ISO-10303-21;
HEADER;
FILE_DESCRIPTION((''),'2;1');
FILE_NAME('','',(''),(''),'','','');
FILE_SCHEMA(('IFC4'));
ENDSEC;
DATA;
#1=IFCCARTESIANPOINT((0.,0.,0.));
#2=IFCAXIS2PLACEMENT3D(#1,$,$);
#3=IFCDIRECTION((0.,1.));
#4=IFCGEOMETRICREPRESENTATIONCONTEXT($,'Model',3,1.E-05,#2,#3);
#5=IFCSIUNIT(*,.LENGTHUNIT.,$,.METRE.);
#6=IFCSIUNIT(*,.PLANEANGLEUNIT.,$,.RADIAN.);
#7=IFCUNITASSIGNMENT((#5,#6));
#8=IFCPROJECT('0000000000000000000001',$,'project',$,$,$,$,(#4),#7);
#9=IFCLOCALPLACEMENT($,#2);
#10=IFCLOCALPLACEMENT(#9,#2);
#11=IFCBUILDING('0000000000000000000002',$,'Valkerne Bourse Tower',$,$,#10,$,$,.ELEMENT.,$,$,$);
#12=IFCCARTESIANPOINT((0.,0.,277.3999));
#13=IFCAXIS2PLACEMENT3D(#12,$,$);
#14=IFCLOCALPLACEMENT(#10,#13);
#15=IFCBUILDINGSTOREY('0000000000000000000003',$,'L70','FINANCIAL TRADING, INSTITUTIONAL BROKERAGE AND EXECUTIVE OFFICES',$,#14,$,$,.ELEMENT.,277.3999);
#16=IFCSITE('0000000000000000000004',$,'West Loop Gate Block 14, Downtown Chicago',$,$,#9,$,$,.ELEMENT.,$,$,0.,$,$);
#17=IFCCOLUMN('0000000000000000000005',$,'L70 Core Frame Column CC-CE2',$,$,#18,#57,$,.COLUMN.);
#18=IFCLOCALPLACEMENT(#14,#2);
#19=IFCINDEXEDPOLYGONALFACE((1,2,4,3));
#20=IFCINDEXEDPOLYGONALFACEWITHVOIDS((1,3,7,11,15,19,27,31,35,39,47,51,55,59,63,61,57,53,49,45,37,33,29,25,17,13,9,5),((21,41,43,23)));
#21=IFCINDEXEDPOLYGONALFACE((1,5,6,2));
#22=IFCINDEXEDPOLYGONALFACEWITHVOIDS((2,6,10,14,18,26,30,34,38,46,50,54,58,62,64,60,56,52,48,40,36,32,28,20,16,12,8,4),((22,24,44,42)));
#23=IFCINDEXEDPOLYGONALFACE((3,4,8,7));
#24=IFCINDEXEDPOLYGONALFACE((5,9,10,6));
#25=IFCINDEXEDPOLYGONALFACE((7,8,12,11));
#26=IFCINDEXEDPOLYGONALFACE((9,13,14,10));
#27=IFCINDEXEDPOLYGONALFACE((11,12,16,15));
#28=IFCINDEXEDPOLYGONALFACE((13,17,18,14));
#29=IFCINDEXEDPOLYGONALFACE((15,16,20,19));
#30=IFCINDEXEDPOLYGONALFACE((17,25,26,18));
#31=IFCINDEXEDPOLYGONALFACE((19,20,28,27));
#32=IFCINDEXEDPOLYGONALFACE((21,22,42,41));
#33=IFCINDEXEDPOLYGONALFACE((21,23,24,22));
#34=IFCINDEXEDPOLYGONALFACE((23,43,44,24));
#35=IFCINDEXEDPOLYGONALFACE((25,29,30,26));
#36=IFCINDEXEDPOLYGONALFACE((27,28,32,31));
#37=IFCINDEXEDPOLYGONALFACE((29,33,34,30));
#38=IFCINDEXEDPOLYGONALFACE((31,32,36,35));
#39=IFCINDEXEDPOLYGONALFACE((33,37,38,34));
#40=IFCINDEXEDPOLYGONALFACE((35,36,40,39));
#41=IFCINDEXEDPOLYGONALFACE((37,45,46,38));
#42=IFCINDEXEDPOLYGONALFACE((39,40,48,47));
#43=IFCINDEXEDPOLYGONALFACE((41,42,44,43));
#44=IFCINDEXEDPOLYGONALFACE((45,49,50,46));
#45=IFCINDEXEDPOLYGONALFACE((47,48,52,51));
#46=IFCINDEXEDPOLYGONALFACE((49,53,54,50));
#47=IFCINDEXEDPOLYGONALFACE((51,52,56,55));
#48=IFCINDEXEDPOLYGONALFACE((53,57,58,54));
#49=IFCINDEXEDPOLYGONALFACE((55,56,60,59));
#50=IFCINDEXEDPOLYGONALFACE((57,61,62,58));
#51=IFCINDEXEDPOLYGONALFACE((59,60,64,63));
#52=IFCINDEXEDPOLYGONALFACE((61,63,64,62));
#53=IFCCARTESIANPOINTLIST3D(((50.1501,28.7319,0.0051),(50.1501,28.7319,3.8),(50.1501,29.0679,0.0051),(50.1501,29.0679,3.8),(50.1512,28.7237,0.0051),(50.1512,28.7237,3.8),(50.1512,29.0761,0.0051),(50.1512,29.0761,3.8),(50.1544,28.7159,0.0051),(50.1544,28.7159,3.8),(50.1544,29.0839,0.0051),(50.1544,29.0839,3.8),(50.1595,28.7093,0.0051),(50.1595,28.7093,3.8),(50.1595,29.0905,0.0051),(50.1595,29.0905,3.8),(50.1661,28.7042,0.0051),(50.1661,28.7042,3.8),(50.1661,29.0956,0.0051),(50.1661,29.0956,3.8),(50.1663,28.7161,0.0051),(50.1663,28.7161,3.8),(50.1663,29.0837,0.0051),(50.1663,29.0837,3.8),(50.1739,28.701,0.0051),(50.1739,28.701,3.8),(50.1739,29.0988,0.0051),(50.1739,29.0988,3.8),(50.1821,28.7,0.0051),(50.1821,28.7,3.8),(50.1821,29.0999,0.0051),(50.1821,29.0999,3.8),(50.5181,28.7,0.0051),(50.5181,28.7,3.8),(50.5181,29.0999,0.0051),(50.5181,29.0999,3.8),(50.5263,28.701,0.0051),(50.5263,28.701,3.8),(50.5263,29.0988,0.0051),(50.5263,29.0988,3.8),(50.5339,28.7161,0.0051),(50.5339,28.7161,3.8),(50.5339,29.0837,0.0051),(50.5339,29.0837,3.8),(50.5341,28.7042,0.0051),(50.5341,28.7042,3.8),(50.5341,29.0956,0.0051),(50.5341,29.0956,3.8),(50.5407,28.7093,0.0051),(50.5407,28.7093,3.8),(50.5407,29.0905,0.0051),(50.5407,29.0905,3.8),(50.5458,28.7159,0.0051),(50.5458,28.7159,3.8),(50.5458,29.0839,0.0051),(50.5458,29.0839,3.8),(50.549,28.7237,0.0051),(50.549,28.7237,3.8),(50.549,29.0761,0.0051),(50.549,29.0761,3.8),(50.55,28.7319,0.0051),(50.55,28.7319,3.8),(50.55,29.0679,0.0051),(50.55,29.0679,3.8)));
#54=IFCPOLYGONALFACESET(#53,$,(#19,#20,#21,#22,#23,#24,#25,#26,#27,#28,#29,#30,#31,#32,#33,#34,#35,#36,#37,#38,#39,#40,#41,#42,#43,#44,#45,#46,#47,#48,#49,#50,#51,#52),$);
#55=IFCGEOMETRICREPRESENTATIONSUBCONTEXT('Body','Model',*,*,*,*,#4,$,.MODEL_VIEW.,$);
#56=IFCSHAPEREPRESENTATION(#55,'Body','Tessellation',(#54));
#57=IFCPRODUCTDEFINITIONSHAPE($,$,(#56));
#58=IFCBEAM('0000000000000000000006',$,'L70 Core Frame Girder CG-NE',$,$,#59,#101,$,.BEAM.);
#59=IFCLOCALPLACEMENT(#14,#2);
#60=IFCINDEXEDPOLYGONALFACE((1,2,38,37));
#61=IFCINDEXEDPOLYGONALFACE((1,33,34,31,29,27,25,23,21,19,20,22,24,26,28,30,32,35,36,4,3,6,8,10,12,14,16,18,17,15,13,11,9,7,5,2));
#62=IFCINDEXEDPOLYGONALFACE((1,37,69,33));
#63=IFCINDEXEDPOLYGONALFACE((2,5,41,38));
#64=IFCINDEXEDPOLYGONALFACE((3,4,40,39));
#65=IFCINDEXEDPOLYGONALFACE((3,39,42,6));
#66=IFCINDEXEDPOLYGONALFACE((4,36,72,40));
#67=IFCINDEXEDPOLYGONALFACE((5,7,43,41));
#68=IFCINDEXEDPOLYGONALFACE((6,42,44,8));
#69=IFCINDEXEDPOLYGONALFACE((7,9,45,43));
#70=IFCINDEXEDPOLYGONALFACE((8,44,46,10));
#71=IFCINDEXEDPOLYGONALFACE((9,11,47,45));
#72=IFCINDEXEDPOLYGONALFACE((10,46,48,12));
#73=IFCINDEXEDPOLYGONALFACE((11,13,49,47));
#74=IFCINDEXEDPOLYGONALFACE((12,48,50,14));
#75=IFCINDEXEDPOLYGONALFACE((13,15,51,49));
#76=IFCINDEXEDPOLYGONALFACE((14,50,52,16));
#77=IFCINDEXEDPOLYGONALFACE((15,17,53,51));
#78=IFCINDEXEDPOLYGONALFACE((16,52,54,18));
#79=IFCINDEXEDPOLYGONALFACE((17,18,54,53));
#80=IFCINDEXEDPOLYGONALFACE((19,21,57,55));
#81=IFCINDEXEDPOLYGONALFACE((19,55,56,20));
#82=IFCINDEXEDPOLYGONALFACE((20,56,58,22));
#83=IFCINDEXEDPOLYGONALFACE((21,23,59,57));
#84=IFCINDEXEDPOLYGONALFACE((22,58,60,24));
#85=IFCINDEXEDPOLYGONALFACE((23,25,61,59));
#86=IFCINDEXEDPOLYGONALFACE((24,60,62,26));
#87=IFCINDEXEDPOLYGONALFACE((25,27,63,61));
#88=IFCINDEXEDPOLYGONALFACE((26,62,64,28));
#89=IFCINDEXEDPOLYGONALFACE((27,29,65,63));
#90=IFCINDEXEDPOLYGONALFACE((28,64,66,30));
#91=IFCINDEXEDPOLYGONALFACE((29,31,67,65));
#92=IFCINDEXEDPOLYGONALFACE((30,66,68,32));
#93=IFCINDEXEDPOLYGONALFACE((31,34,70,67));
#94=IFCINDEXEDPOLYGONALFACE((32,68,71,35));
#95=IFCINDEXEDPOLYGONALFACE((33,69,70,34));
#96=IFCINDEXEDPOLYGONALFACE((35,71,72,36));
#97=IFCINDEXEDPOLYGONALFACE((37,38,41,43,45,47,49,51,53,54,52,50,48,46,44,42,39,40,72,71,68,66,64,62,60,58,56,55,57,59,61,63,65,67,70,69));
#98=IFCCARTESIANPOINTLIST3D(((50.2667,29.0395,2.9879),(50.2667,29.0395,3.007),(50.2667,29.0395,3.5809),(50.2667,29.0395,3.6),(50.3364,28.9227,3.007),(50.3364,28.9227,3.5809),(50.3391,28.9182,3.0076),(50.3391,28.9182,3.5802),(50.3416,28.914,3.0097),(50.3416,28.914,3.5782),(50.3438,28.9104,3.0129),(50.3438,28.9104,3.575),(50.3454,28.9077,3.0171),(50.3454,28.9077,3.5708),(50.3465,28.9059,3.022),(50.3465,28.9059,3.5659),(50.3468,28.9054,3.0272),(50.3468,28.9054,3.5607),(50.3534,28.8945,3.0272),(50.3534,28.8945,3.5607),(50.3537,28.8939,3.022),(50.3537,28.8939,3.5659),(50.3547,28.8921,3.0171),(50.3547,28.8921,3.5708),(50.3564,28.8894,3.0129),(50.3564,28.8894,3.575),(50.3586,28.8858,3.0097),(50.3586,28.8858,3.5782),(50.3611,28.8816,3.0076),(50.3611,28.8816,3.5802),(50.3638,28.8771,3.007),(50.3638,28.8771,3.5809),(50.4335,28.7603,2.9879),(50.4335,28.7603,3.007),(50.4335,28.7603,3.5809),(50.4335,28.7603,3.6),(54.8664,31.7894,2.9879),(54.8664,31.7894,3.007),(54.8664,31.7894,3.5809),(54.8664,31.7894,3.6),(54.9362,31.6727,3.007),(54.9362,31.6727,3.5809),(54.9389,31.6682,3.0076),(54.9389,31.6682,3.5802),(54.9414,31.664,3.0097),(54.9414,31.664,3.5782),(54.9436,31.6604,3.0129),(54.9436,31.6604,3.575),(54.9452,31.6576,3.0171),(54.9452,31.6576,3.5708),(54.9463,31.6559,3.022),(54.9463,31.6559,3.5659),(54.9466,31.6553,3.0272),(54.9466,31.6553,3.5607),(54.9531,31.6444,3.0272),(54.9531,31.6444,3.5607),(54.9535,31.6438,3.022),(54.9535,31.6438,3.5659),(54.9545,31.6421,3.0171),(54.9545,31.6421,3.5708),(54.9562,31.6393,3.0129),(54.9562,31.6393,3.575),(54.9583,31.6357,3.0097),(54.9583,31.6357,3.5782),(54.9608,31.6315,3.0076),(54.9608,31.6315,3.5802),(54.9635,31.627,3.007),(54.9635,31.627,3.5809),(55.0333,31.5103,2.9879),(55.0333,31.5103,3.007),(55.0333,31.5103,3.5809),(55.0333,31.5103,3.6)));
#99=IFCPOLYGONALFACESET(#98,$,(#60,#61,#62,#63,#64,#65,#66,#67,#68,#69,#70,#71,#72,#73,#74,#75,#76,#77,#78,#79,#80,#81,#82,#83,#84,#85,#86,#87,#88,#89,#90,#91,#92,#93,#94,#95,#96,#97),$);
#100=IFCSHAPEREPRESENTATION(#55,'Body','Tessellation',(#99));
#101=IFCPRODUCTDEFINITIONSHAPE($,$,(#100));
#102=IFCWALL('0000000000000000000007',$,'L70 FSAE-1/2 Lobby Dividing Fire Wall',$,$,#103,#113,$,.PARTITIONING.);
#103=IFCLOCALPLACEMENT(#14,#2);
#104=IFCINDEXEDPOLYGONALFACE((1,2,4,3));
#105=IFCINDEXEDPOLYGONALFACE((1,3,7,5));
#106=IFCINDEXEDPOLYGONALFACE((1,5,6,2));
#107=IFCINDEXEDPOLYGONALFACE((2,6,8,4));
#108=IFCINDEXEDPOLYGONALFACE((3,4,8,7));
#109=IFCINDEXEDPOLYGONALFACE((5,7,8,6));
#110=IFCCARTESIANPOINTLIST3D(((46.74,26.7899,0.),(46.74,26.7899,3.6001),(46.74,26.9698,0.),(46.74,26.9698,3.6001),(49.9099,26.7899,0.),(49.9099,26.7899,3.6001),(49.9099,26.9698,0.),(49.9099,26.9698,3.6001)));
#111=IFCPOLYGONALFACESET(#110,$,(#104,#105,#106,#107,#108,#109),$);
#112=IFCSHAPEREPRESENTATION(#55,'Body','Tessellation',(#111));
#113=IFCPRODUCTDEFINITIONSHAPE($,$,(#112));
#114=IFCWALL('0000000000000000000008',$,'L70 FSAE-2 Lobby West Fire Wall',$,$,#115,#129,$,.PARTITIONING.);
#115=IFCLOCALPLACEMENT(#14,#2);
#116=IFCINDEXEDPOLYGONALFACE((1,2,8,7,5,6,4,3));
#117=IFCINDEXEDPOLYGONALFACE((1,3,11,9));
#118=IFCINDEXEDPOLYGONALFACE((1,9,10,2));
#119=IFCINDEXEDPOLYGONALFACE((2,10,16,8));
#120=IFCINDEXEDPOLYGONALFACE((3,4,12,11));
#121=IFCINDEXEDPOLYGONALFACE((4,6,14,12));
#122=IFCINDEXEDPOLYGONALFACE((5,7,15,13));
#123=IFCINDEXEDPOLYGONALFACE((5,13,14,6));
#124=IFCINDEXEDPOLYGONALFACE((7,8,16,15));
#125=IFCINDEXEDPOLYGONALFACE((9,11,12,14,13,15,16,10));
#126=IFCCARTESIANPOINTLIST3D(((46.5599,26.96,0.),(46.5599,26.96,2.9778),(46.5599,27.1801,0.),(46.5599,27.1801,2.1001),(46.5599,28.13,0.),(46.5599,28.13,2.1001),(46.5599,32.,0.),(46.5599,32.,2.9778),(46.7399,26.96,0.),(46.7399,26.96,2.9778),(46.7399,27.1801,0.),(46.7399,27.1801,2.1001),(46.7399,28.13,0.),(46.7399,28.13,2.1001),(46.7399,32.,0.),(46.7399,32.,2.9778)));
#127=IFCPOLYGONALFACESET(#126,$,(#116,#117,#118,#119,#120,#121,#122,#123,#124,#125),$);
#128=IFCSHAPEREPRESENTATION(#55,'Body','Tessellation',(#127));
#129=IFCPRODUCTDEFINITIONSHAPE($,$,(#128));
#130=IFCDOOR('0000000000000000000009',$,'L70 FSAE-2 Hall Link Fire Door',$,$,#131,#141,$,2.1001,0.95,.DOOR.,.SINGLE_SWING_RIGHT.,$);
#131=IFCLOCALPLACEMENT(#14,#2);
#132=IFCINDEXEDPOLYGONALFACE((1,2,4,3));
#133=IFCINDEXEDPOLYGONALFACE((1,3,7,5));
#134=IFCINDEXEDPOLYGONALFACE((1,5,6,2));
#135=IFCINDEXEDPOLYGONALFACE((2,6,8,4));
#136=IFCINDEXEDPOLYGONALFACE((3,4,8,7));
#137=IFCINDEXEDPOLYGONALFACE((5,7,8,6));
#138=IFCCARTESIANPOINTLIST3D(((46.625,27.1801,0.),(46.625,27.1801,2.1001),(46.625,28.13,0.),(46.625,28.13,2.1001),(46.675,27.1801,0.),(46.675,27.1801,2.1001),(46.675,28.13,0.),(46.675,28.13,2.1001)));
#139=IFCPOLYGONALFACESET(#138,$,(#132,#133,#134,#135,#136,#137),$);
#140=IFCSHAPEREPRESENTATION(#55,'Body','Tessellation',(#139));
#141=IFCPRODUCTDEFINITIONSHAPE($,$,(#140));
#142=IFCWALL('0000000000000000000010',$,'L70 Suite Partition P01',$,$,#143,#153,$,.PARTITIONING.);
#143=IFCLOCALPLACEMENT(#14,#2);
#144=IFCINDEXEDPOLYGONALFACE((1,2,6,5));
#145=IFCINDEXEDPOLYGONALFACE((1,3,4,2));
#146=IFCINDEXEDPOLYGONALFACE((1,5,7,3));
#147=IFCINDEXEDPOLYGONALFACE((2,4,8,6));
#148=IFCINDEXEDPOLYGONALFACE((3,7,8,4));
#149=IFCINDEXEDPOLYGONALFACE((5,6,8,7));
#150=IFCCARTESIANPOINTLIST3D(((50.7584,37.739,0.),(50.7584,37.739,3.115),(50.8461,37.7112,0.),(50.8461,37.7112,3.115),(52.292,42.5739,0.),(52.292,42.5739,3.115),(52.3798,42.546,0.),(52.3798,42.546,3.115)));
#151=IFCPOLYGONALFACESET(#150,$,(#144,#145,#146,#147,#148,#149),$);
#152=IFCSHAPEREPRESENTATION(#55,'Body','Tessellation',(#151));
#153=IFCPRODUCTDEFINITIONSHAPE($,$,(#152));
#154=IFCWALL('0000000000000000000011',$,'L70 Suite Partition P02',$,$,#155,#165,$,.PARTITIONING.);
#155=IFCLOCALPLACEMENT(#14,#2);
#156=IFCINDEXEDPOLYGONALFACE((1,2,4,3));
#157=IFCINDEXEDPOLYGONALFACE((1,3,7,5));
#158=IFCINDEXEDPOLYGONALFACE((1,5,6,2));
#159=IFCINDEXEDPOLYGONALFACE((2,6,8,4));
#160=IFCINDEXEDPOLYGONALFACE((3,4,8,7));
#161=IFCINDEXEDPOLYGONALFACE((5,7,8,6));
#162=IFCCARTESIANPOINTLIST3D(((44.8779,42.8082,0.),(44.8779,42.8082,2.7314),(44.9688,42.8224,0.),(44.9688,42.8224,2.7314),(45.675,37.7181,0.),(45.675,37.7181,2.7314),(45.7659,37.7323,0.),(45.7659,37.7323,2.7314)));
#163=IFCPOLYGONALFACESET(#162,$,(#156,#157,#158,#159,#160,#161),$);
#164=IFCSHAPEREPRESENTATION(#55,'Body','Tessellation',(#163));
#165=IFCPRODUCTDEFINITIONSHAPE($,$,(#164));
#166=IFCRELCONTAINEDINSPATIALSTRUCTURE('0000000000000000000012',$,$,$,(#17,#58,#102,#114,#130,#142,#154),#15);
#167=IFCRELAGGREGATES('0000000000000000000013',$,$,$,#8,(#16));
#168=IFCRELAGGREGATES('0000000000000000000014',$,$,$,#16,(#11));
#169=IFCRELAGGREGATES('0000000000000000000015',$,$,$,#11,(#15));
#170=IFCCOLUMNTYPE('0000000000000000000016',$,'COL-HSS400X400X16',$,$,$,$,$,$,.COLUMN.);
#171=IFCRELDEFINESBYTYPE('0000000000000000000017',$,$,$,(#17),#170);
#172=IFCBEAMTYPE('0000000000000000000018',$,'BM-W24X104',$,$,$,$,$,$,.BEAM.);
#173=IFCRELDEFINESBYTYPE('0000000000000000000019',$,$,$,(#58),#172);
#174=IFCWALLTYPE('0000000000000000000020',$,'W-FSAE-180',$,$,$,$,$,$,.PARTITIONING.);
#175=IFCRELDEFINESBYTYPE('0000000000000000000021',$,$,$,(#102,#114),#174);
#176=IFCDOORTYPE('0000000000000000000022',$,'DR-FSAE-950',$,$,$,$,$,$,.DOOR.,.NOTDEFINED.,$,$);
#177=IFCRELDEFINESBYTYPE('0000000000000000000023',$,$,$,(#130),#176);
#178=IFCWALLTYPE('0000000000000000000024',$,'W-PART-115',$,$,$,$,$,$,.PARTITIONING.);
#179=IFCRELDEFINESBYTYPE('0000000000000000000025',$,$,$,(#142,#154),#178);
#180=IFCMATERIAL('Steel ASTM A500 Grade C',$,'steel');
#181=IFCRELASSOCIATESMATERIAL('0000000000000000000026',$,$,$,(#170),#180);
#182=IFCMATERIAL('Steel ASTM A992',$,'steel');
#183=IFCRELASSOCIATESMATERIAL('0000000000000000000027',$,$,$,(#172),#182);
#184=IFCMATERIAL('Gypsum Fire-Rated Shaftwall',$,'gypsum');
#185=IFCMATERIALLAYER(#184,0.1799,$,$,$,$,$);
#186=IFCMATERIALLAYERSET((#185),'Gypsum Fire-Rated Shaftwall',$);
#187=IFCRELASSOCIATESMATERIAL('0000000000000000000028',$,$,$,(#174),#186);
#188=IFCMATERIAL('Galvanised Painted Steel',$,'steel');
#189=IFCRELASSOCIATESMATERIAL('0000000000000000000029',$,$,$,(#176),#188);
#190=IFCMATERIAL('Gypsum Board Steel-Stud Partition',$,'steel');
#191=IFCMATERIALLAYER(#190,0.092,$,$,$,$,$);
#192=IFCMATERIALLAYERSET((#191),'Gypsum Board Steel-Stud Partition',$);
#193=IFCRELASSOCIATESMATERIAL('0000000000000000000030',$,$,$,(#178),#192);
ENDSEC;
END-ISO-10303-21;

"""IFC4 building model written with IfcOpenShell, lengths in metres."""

from ifc_helpers import new_model, si_unit, direction, frame, frame_2d, origin, origin_2d, place, context, subcontext, project, spatial, rectangle, hollow_rectangle, i_section, extrude, material, layer, layer_set, material_profile, profile_set, type_object, element, fill, save


model = new_model("IFC4")

# Units and contexts
model_context = context("Model", 3, precision=1e-05, world=origin(), true_north=direction((0.0, 1.0)))
body_context = subcontext(model_context, "Body", "Model", "MODEL_VIEW")
ifc_project = project(units=[si_unit("LENGTHUNIT", "METRE"), si_unit("PLANEANGLEUNIT", "RADIAN")], contexts=[model_context])

# Site, building, storey
site_placement = place(None, origin())
site = spatial("IfcSite", under=ifc_project, at=site_placement, Name="West Loop Gate Block 14, Downtown Chicago", CompositionType="ELEMENT", RefElevation=0.0)
building_placement = place(site_placement, origin())
building = spatial("IfcBuilding", under=site, at=building_placement, Name="Valkerne Bourse Tower", CompositionType="ELEMENT")
storey_placement = place(building_placement, frame((0.0, 0.0, 277.3999)))
storey = spatial("IfcBuildingStorey", under=building, at=storey_placement, Name="L70", Description="FINANCIAL TRADING, INSTITUTIONAL BROKERAGE AND EXECUTIVE OFFICES", CompositionType="ELEMENT", Elevation=277.3999)

# Column
ifc_material_1 = material(Name="Steel ASTM A500 Grade C", Category="steel")
ifc_material_profile_1 = material_profile(ifc_material_1, hollow_rectangle(XDim=0.3999, YDim=0.3999, WallThickness=0.0161, OuterFilletRadius=0.032, at=origin_2d()), Name="HSS400X400X16")
ifc_profile_set_1 = profile_set([ifc_material_profile_1], Name="Steel ASTM A500 Grade C")
column_type = type_object("IfcColumnType", Name="COL-HSS400X400X16", PredefinedType="COLUMN", material=ifc_profile_set_1)
column_placement = place(storey_placement, frame((50.3501, 28.8999, 0.0051), z_axis=(0.0, 0.0, 1.0), x_axis=(1.0, 0.0, 0.0)))
element("IfcColumn", 1, at=column_placement, inside=storey, type_object=column_type, Name="L70 Core Frame Column CC-CE2", PredefinedType="COLUMN", context=body_context, shape_type="SweptSolid", body=[
    extrude(hollow_rectangle(XDim=0.3999, YDim=0.3999, WallThickness=0.0161, OuterFilletRadius=0.032, at=origin_2d()), origin(), (0.0, 0.0, 1.0), 3.7949),
])

# Beam
ifc_material_2 = material(Name="Steel ASTM A992", Category="steel")
ifc_material_profile_2 = material_profile(ifc_material_2, i_section(OverallWidth=0.3252, OverallDepth=0.6121, WebThickness=0.0127, FlangeThickness=0.019, FilletRadius=0.0203, at=origin_2d()), Name="W24X104")
ifc_profile_set_2 = profile_set([ifc_material_profile_2], Name="Steel ASTM A992")
beam_type = type_object("IfcBeamType", Name="BM-W24X104", PredefinedType="BEAM", material=ifc_profile_set_2)
beam_placement = place(storey_placement, frame((50.3501, 28.8999, 3.2939), z_axis=(0.858308, 0.513135, 0.0), x_axis=(-0.513135, 0.858308, 0.0)))
element("IfcBeam", 2, at=beam_placement, inside=storey, type_object=beam_type, Name="L70 Core Frame Girder CG-NE", PredefinedType="BEAM", context=body_context, shape_type="SweptSolid", body=[
    extrude(i_section(OverallWidth=0.3252, OverallDepth=0.6121, WebThickness=0.0127, FlangeThickness=0.019, FilletRadius=0.0203, at=origin_2d()), origin(), (0.0, 0.0, 1.0), 5.3591),
])

# Wall
ifc_material_3 = material(Name="Gypsum Fire-Rated Shaftwall", Category="gypsum")
ifc_layer_1 = layer(ifc_material_3, 0.1799)
ifc_layer_set_1 = layer_set([ifc_layer_1], Name="Gypsum Fire-Rated Shaftwall")
wall_type_1 = type_object("IfcWallType", Name="W-FSAE-180", PredefinedType="PARTITIONING", material=ifc_layer_set_1)
wall_1_placement = place(storey_placement, frame((46.74, 26.8799, 0.0), z_axis=(0.0, 0.0, 1.0), x_axis=(1.0, 0.0, 0.0)))
element("IfcWall", 3, at=wall_1_placement, inside=storey, type_object=wall_type_1, Name="L70 FSAE-1/2 Lobby Dividing Fire Wall", PredefinedType="PARTITIONING", context=body_context, shape_type="SweptSolid", body=[
    extrude(rectangle(XDim=3.1699, YDim=0.1799, at=frame_2d((1.585, 0.0))), origin(), (0.0, 0.0, 1.0), 3.6001),
])

# Wall, opening, door
wall_2_placement = place(storey_placement, frame((46.6499, 26.96, 0.0), z_axis=(0.0, 0.0, 1.0), x_axis=(0.0, 1.0, 0.0)))
wall_2 = element("IfcWall", 4, at=wall_2_placement, inside=storey, type_object=wall_type_1, Name="L70 FSAE-2 Lobby West Fire Wall", PredefinedType="PARTITIONING", context=body_context, shape_type="SweptSolid", body=[
    extrude(rectangle(XDim=5.04, YDim=0.1799, at=frame_2d((2.52, 0.0))), origin(), (0.0, 0.0, 1.0), 2.9778),
])
opening_1_placement = place(wall_2_placement, frame((0.22, 0.0, 0.0)))
opening_1 = element("IfcOpeningElement", 5, at=opening_1_placement, cuts=wall_2, PredefinedType="OPENING", context=body_context, shape_type="SweptSolid", body=[
    extrude(rectangle(XDim=0.95, YDim=2.1001, at=frame_2d((0.4751, 1.05))), frame((0.0, 0.0999, 0.0), z_axis=(0.0, -1.0, 0.0), x_axis=(1.0, 0.0, 0.0)), (0.0, 0.0, 1.0), 0.2),
])
ifc_material_4 = material(Name="Galvanised Painted Steel", Category="steel")
door_type_1 = type_object("IfcDoorType", Name="DR-FSAE-950", OperationType="NOTDEFINED", PredefinedType="DOOR", material=ifc_material_4)
door_1_placement = place(opening_1_placement, origin())
door_1 = element("IfcDoor", 6, at=door_1_placement, inside=storey, type_object=door_type_1, Name="L70 FSAE-2 Hall Link Fire Door", OperationType="SINGLE_SWING_RIGHT", OverallHeight=2.1001, OverallWidth=0.95, PredefinedType="DOOR", context=body_context, shape_type="SweptSolid", body=[
    extrude(rectangle(XDim=0.95, YDim=2.1001, at=frame_2d((0.4751, 1.05))), frame((0.0, 0.0249, 0.0), z_axis=(0.0, -1.0, 0.0), x_axis=(1.0, 0.0, 0.0)), (0.0, 0.0, 1.0), 0.05),
])
fill(opening_1, door_1)

# Walls
ifc_material_5 = material(Name="Gypsum Board Steel-Stud Partition", Category="steel")
ifc_layer_2 = layer(ifc_material_5, 0.092)
ifc_layer_set_2 = layer_set([ifc_layer_2], Name="Gypsum Board Steel-Stud Partition")
wall_type_2 = type_object("IfcWallType", Name="W-PART-115", PredefinedType="PARTITIONING", material=ifc_layer_set_2)
wall_3_placement = place(storey_placement, frame((50.8022, 37.7251, 0.0), z_axis=(0.0, 0.0, 1.0), x_axis=(0.302361, 0.953193, 0.0)))
element("IfcWall", 7, at=wall_3_placement, inside=storey, type_object=wall_type_2, Name="L70 Suite Partition P01", PredefinedType="PARTITIONING", context=body_context, shape_type="SweptSolid", body=[
    extrude(rectangle(XDim=5.0723, YDim=0.092, at=frame_2d((2.5361, 0.0))), origin(), (0.0, 0.0, 1.0), 3.115),
])
wall_4_placement = place(storey_placement, frame((45.7205, 37.7251, 0.0), z_axis=(0.0, 0.0, 1.0), x_axis=(-0.154717, 0.987959, 0.0)))
element("IfcWall", 8, at=wall_4_placement, inside=storey, type_object=wall_type_2, Name="L70 Suite Partition P02", PredefinedType="PARTITIONING", context=body_context, shape_type="SweptSolid", body=[
    extrude(rectangle(XDim=5.1521, YDim=0.092, at=frame_2d((2.5762, 0.0))), origin(), (0.0, 0.0, 1.0), 2.7314),
])

save(model, "model.ifc")
